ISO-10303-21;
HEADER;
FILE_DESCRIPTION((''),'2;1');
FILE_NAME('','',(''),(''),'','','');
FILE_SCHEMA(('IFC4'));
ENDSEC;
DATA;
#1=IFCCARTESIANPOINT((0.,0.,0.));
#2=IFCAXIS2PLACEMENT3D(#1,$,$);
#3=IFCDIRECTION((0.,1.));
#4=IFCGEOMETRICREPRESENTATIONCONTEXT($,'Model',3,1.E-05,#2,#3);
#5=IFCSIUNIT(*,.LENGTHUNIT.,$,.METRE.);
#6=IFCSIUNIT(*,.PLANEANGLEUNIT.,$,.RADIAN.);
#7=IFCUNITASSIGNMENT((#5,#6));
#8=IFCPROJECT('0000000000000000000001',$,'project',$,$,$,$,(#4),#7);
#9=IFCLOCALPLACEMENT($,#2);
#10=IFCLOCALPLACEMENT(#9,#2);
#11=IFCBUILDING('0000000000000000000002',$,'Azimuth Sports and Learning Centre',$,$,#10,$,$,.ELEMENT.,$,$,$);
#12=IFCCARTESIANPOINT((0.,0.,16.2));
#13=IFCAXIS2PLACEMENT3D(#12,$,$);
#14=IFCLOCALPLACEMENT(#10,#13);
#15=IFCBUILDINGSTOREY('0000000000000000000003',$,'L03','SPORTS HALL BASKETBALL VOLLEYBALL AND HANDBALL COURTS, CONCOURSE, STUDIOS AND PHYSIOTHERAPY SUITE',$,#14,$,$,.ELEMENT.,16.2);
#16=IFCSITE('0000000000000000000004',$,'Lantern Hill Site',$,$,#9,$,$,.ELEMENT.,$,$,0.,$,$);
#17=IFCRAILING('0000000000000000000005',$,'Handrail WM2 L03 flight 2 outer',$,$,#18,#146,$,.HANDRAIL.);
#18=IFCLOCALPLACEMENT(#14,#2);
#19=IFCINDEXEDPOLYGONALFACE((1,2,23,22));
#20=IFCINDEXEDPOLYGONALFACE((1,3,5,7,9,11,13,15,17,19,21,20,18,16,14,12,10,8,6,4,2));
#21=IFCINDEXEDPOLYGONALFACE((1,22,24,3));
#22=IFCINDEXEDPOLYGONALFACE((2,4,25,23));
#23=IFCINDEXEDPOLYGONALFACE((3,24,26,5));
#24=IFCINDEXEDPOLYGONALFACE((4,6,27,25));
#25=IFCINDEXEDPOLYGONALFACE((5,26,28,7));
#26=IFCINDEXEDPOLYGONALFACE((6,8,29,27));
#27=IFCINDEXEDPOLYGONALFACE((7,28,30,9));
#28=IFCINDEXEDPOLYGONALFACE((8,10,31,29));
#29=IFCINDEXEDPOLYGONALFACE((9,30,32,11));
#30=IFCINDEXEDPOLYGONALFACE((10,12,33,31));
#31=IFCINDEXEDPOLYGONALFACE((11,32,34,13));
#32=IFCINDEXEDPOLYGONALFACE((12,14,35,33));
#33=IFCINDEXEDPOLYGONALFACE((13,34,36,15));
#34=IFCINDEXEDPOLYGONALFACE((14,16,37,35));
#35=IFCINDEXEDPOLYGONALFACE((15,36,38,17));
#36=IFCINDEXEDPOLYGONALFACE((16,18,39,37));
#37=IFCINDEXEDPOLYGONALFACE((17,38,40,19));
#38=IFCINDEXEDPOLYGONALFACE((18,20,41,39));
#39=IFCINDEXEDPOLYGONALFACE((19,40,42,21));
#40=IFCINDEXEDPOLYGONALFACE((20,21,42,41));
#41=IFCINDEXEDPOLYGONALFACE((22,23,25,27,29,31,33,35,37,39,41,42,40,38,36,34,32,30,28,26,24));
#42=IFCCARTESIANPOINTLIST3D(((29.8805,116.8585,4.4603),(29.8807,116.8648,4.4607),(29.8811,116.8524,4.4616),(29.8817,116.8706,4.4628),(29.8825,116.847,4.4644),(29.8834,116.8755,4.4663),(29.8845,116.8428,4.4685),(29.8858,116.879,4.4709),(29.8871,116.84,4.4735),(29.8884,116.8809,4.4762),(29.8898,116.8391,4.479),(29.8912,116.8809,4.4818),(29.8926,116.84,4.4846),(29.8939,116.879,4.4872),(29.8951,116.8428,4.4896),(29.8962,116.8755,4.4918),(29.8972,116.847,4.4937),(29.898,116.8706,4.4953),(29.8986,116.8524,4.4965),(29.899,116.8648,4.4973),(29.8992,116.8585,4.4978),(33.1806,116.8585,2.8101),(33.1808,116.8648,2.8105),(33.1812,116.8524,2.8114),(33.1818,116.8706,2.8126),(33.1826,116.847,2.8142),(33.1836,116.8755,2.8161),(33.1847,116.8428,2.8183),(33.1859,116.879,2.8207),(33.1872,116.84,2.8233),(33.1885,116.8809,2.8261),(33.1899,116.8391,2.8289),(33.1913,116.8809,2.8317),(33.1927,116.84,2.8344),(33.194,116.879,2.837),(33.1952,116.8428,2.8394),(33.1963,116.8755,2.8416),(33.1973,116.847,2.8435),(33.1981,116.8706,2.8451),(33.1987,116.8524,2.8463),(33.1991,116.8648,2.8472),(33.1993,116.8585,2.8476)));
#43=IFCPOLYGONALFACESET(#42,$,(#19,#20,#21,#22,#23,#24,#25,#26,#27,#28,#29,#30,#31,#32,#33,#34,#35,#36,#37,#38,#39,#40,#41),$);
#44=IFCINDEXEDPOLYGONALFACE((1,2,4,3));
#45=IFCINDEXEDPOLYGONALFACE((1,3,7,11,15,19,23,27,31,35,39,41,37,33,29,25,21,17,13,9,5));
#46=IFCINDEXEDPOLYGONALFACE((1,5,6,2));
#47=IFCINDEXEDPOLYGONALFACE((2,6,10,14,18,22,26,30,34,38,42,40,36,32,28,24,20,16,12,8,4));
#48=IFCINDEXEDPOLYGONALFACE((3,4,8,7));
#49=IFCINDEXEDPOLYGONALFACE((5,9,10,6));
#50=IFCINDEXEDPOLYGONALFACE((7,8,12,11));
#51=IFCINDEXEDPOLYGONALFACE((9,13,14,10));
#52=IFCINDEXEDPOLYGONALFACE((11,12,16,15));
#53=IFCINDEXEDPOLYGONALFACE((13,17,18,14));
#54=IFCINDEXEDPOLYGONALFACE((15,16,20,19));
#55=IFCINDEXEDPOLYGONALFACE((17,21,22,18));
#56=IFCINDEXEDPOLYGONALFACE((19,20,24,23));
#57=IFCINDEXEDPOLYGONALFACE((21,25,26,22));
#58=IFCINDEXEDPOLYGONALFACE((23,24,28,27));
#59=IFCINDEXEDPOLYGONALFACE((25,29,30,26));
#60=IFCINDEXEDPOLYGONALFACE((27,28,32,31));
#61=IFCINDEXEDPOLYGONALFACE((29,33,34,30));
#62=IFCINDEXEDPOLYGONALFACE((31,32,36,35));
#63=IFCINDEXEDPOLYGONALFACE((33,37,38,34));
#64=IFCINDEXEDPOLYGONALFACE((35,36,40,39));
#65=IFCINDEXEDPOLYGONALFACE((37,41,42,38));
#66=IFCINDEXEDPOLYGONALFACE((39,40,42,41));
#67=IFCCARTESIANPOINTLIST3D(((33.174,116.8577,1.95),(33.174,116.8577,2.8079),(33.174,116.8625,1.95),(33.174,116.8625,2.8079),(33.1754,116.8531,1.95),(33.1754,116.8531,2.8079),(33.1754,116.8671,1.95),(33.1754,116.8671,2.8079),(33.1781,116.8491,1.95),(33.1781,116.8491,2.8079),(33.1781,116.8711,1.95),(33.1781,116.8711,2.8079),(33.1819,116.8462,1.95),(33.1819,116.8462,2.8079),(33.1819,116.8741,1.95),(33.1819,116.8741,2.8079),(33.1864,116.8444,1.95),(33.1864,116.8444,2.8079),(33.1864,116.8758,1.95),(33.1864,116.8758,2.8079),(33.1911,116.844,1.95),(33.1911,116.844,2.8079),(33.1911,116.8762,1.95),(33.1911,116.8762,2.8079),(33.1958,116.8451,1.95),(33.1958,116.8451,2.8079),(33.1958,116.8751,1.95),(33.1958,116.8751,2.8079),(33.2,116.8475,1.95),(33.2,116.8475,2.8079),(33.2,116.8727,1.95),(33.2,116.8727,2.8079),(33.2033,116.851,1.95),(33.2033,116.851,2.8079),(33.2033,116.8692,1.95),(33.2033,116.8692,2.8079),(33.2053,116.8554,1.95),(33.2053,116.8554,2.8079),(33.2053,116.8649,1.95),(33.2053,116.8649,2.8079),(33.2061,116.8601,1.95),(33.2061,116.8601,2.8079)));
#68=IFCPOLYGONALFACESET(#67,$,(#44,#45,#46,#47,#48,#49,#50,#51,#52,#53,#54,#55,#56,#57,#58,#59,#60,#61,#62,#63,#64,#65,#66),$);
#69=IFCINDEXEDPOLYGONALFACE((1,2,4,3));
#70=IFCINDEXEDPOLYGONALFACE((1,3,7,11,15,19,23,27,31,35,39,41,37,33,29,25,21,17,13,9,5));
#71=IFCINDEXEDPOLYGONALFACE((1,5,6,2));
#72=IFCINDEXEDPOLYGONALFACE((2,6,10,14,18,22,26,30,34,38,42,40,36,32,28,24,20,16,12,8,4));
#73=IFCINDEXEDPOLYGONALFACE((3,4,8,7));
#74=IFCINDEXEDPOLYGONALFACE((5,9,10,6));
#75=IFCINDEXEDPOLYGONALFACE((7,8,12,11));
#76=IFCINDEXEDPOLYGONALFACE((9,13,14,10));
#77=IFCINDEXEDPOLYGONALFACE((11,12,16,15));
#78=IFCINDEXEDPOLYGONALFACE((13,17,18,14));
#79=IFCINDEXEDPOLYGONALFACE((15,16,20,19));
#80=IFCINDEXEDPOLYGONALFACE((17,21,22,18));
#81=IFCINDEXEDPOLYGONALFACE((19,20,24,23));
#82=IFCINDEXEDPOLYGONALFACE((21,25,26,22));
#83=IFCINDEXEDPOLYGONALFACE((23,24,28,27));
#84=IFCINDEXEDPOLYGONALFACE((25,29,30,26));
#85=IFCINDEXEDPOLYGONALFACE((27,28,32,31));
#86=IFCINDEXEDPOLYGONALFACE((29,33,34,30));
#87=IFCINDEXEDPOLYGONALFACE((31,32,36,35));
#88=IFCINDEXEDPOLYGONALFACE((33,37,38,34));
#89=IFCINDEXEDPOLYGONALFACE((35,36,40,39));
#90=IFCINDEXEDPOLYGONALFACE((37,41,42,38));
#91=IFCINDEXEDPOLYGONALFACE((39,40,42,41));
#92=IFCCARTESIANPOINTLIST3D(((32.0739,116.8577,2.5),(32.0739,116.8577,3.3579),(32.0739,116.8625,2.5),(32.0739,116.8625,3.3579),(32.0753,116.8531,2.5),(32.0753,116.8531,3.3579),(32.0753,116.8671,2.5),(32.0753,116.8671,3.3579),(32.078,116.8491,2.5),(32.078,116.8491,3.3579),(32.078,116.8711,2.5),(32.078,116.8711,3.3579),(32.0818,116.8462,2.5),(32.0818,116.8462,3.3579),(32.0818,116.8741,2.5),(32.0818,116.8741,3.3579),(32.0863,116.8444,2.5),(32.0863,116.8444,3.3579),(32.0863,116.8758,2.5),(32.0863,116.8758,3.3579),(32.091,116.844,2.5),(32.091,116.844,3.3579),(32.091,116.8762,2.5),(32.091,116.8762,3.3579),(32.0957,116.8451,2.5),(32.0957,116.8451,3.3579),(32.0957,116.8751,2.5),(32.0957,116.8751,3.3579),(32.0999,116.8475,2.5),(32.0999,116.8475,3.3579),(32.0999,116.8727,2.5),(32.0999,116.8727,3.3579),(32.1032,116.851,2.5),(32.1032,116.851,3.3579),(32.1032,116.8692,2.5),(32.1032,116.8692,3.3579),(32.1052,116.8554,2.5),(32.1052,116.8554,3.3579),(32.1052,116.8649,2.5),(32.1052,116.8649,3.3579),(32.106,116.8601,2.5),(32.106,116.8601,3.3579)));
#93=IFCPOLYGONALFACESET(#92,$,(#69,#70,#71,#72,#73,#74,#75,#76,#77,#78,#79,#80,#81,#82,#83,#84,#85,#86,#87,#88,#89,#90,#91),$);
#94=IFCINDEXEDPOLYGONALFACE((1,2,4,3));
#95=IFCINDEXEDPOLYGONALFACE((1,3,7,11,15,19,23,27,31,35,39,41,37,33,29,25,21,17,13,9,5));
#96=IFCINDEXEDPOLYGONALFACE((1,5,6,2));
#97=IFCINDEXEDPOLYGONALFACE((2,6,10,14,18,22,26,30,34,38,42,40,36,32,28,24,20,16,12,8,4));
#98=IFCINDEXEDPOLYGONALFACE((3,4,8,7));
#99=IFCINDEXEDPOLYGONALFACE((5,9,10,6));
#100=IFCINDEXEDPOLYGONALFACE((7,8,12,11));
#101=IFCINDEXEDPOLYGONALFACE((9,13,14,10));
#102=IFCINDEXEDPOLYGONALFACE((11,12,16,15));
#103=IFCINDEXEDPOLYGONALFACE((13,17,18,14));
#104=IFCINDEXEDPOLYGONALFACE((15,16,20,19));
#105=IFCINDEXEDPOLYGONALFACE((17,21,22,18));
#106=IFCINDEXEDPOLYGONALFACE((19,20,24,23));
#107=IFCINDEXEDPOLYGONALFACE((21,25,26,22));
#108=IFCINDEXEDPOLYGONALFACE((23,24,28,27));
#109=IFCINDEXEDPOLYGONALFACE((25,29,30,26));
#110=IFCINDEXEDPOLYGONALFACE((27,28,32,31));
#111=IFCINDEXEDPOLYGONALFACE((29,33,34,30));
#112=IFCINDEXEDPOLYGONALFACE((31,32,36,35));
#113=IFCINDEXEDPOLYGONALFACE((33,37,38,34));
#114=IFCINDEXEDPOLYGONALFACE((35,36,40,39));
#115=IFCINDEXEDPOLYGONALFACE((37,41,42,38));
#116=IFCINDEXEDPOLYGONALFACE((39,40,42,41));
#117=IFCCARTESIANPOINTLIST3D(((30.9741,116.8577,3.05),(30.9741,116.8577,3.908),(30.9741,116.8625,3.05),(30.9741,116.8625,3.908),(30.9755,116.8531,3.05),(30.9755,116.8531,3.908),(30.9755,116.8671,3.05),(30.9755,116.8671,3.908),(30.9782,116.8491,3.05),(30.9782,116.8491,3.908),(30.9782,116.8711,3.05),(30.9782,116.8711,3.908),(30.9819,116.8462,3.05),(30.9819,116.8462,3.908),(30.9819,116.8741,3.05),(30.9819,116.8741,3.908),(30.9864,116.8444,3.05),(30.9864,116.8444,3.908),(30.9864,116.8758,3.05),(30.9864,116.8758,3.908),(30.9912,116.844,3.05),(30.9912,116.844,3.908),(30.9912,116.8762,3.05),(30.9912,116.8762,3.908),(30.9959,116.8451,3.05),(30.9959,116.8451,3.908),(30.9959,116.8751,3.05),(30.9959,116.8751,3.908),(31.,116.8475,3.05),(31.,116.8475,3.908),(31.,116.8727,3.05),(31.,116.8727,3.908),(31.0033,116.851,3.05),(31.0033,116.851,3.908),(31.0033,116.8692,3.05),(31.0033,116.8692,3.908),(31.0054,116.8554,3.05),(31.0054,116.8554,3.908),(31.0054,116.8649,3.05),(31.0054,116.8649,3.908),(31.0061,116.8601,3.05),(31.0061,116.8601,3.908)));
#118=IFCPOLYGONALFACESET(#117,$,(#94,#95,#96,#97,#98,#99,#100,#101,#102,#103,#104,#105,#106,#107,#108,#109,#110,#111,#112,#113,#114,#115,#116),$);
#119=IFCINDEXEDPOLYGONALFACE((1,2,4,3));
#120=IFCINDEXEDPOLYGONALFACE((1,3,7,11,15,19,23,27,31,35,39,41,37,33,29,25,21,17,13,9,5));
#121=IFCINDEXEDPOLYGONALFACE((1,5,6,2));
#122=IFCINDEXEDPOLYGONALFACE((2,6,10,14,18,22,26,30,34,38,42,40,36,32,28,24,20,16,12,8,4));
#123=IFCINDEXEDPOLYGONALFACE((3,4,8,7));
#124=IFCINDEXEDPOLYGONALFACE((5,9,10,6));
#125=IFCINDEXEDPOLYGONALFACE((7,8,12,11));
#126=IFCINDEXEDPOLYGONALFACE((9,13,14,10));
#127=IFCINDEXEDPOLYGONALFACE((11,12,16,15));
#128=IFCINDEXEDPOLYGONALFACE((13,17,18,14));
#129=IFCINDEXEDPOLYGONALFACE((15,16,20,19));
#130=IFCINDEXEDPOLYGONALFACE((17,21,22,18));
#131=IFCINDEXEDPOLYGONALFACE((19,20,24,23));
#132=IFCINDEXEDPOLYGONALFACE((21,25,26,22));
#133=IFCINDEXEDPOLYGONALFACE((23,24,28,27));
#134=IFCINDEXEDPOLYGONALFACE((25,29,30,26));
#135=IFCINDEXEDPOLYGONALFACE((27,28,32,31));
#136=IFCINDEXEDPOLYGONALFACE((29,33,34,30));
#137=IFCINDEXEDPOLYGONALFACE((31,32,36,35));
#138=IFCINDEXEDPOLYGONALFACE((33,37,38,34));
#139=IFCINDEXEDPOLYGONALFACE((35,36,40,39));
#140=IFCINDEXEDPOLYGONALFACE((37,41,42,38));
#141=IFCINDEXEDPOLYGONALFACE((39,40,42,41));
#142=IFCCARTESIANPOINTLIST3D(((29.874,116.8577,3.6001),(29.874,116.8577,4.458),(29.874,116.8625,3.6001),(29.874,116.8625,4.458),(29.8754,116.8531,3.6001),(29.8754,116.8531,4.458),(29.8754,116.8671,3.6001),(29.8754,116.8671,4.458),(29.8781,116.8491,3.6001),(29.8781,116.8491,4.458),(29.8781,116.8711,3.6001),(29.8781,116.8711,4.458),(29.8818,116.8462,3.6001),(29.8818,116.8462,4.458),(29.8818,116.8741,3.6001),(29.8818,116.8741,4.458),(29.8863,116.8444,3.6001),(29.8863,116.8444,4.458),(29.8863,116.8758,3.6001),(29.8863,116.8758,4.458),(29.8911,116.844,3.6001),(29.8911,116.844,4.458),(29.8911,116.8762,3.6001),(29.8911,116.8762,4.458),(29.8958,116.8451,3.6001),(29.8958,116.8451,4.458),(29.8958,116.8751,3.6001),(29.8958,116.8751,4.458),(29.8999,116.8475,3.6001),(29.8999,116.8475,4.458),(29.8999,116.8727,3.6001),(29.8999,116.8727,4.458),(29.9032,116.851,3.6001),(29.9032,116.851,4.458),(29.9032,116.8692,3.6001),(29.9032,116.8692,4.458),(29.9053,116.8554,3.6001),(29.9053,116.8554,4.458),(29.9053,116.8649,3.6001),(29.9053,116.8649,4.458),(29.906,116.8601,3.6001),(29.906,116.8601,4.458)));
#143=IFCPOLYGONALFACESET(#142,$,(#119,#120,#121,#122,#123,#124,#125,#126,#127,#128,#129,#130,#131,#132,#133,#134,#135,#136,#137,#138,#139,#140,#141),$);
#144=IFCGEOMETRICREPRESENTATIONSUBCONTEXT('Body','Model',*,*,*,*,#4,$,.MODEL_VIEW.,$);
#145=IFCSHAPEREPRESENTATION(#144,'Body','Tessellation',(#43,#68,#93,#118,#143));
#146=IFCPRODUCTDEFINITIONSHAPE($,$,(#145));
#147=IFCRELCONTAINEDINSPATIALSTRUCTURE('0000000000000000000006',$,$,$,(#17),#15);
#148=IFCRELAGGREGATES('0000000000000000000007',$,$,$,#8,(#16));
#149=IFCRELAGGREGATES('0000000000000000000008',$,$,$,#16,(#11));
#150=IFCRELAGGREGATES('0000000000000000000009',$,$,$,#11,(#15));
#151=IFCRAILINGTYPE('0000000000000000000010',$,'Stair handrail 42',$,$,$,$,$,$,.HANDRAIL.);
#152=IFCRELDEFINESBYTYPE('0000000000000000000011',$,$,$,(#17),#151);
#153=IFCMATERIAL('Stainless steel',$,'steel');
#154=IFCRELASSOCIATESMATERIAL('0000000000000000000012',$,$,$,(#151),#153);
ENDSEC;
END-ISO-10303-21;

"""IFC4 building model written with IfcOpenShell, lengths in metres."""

from ifc_helpers import new_model, si_unit, direction, frame, origin, origin_2d, place, context, subcontext, project, spatial, circle, extrude, material, type_object, element, save


model = new_model("IFC4")

# Units and contexts
model_context = context("Model", 3, precision=1e-05, world=origin(), true_north=direction((0.0, 1.0)))
body_context = subcontext(model_context, "Body", "Model", "MODEL_VIEW")
ifc_project = project(units=[si_unit("LENGTHUNIT", "METRE"), si_unit("PLANEANGLEUNIT", "RADIAN")], contexts=[model_context])

# Site, building, storey
site_placement = place(None, origin())
site = spatial("IfcSite", under=ifc_project, at=site_placement, Name="Lantern Hill Site", CompositionType="ELEMENT", RefElevation=0.0)
building_placement = place(site_placement, origin())
building = spatial("IfcBuilding", under=site, at=building_placement, Name="Azimuth Sports and Learning Centre", CompositionType="ELEMENT")
storey_placement = place(building_placement, frame((0.0, 0.0, 16.2)))
storey = spatial("IfcBuildingStorey", under=building, at=storey_placement, Name="L03", Description="SPORTS HALL BASKETBALL VOLLEYBALL AND HANDBALL COURTS, CONCOURSE, STUDIOS AND PHYSIOTHERAPY SUITE", CompositionType="ELEMENT", Elevation=16.2)

# Railing
ifc_material_1 = material(Name="Stainless steel", Category="steel")
railing_type_1 = type_object("IfcRailingType", Name="Stair handrail 42", PredefinedType="HANDRAIL", material=ifc_material_1)
for number, where, name in (
    (1, (33.1899, 116.8601, 1.95), "Handrail WM2 L03 flight 2 outer"),
):
    element("IfcRailing", number, at=place(storey_placement, frame(where)), inside=storey, type_object=railing_type_1, Name=name, PredefinedType="HANDRAIL", context=body_context, shape_type="SweptSolid", body=[
        extrude(circle(Radius=0.021, at=origin_2d()), frame((0.0, 0.0, 0.8789), z_axis=(-0.894414, 0.0, 0.44724), x_axis=(0.0, -1.0, 0.0)), (0.0, 0.0, 1.0), 3.6897),
        extrude(circle(Radius=0.0161, at=origin_2d()), origin(), (0.0, 0.0, 1.0), 0.8579),
        extrude(circle(Radius=0.0161, at=origin_2d()), frame((-1.1001, 0.0, 0.55)), (0.0, 0.0, 1.0), 0.8579),
        extrude(circle(Radius=0.0161, at=origin_2d()), frame((-2.2, 0.0, 1.1001)), (0.0, 0.0, 1.0), 0.8579),
        extrude(circle(Radius=0.0161, at=origin_2d()), frame((-3.3, 0.0, 1.6501)), (0.0, 0.0, 1.0), 0.8579),
    ])

save(model, "model.ifc")
